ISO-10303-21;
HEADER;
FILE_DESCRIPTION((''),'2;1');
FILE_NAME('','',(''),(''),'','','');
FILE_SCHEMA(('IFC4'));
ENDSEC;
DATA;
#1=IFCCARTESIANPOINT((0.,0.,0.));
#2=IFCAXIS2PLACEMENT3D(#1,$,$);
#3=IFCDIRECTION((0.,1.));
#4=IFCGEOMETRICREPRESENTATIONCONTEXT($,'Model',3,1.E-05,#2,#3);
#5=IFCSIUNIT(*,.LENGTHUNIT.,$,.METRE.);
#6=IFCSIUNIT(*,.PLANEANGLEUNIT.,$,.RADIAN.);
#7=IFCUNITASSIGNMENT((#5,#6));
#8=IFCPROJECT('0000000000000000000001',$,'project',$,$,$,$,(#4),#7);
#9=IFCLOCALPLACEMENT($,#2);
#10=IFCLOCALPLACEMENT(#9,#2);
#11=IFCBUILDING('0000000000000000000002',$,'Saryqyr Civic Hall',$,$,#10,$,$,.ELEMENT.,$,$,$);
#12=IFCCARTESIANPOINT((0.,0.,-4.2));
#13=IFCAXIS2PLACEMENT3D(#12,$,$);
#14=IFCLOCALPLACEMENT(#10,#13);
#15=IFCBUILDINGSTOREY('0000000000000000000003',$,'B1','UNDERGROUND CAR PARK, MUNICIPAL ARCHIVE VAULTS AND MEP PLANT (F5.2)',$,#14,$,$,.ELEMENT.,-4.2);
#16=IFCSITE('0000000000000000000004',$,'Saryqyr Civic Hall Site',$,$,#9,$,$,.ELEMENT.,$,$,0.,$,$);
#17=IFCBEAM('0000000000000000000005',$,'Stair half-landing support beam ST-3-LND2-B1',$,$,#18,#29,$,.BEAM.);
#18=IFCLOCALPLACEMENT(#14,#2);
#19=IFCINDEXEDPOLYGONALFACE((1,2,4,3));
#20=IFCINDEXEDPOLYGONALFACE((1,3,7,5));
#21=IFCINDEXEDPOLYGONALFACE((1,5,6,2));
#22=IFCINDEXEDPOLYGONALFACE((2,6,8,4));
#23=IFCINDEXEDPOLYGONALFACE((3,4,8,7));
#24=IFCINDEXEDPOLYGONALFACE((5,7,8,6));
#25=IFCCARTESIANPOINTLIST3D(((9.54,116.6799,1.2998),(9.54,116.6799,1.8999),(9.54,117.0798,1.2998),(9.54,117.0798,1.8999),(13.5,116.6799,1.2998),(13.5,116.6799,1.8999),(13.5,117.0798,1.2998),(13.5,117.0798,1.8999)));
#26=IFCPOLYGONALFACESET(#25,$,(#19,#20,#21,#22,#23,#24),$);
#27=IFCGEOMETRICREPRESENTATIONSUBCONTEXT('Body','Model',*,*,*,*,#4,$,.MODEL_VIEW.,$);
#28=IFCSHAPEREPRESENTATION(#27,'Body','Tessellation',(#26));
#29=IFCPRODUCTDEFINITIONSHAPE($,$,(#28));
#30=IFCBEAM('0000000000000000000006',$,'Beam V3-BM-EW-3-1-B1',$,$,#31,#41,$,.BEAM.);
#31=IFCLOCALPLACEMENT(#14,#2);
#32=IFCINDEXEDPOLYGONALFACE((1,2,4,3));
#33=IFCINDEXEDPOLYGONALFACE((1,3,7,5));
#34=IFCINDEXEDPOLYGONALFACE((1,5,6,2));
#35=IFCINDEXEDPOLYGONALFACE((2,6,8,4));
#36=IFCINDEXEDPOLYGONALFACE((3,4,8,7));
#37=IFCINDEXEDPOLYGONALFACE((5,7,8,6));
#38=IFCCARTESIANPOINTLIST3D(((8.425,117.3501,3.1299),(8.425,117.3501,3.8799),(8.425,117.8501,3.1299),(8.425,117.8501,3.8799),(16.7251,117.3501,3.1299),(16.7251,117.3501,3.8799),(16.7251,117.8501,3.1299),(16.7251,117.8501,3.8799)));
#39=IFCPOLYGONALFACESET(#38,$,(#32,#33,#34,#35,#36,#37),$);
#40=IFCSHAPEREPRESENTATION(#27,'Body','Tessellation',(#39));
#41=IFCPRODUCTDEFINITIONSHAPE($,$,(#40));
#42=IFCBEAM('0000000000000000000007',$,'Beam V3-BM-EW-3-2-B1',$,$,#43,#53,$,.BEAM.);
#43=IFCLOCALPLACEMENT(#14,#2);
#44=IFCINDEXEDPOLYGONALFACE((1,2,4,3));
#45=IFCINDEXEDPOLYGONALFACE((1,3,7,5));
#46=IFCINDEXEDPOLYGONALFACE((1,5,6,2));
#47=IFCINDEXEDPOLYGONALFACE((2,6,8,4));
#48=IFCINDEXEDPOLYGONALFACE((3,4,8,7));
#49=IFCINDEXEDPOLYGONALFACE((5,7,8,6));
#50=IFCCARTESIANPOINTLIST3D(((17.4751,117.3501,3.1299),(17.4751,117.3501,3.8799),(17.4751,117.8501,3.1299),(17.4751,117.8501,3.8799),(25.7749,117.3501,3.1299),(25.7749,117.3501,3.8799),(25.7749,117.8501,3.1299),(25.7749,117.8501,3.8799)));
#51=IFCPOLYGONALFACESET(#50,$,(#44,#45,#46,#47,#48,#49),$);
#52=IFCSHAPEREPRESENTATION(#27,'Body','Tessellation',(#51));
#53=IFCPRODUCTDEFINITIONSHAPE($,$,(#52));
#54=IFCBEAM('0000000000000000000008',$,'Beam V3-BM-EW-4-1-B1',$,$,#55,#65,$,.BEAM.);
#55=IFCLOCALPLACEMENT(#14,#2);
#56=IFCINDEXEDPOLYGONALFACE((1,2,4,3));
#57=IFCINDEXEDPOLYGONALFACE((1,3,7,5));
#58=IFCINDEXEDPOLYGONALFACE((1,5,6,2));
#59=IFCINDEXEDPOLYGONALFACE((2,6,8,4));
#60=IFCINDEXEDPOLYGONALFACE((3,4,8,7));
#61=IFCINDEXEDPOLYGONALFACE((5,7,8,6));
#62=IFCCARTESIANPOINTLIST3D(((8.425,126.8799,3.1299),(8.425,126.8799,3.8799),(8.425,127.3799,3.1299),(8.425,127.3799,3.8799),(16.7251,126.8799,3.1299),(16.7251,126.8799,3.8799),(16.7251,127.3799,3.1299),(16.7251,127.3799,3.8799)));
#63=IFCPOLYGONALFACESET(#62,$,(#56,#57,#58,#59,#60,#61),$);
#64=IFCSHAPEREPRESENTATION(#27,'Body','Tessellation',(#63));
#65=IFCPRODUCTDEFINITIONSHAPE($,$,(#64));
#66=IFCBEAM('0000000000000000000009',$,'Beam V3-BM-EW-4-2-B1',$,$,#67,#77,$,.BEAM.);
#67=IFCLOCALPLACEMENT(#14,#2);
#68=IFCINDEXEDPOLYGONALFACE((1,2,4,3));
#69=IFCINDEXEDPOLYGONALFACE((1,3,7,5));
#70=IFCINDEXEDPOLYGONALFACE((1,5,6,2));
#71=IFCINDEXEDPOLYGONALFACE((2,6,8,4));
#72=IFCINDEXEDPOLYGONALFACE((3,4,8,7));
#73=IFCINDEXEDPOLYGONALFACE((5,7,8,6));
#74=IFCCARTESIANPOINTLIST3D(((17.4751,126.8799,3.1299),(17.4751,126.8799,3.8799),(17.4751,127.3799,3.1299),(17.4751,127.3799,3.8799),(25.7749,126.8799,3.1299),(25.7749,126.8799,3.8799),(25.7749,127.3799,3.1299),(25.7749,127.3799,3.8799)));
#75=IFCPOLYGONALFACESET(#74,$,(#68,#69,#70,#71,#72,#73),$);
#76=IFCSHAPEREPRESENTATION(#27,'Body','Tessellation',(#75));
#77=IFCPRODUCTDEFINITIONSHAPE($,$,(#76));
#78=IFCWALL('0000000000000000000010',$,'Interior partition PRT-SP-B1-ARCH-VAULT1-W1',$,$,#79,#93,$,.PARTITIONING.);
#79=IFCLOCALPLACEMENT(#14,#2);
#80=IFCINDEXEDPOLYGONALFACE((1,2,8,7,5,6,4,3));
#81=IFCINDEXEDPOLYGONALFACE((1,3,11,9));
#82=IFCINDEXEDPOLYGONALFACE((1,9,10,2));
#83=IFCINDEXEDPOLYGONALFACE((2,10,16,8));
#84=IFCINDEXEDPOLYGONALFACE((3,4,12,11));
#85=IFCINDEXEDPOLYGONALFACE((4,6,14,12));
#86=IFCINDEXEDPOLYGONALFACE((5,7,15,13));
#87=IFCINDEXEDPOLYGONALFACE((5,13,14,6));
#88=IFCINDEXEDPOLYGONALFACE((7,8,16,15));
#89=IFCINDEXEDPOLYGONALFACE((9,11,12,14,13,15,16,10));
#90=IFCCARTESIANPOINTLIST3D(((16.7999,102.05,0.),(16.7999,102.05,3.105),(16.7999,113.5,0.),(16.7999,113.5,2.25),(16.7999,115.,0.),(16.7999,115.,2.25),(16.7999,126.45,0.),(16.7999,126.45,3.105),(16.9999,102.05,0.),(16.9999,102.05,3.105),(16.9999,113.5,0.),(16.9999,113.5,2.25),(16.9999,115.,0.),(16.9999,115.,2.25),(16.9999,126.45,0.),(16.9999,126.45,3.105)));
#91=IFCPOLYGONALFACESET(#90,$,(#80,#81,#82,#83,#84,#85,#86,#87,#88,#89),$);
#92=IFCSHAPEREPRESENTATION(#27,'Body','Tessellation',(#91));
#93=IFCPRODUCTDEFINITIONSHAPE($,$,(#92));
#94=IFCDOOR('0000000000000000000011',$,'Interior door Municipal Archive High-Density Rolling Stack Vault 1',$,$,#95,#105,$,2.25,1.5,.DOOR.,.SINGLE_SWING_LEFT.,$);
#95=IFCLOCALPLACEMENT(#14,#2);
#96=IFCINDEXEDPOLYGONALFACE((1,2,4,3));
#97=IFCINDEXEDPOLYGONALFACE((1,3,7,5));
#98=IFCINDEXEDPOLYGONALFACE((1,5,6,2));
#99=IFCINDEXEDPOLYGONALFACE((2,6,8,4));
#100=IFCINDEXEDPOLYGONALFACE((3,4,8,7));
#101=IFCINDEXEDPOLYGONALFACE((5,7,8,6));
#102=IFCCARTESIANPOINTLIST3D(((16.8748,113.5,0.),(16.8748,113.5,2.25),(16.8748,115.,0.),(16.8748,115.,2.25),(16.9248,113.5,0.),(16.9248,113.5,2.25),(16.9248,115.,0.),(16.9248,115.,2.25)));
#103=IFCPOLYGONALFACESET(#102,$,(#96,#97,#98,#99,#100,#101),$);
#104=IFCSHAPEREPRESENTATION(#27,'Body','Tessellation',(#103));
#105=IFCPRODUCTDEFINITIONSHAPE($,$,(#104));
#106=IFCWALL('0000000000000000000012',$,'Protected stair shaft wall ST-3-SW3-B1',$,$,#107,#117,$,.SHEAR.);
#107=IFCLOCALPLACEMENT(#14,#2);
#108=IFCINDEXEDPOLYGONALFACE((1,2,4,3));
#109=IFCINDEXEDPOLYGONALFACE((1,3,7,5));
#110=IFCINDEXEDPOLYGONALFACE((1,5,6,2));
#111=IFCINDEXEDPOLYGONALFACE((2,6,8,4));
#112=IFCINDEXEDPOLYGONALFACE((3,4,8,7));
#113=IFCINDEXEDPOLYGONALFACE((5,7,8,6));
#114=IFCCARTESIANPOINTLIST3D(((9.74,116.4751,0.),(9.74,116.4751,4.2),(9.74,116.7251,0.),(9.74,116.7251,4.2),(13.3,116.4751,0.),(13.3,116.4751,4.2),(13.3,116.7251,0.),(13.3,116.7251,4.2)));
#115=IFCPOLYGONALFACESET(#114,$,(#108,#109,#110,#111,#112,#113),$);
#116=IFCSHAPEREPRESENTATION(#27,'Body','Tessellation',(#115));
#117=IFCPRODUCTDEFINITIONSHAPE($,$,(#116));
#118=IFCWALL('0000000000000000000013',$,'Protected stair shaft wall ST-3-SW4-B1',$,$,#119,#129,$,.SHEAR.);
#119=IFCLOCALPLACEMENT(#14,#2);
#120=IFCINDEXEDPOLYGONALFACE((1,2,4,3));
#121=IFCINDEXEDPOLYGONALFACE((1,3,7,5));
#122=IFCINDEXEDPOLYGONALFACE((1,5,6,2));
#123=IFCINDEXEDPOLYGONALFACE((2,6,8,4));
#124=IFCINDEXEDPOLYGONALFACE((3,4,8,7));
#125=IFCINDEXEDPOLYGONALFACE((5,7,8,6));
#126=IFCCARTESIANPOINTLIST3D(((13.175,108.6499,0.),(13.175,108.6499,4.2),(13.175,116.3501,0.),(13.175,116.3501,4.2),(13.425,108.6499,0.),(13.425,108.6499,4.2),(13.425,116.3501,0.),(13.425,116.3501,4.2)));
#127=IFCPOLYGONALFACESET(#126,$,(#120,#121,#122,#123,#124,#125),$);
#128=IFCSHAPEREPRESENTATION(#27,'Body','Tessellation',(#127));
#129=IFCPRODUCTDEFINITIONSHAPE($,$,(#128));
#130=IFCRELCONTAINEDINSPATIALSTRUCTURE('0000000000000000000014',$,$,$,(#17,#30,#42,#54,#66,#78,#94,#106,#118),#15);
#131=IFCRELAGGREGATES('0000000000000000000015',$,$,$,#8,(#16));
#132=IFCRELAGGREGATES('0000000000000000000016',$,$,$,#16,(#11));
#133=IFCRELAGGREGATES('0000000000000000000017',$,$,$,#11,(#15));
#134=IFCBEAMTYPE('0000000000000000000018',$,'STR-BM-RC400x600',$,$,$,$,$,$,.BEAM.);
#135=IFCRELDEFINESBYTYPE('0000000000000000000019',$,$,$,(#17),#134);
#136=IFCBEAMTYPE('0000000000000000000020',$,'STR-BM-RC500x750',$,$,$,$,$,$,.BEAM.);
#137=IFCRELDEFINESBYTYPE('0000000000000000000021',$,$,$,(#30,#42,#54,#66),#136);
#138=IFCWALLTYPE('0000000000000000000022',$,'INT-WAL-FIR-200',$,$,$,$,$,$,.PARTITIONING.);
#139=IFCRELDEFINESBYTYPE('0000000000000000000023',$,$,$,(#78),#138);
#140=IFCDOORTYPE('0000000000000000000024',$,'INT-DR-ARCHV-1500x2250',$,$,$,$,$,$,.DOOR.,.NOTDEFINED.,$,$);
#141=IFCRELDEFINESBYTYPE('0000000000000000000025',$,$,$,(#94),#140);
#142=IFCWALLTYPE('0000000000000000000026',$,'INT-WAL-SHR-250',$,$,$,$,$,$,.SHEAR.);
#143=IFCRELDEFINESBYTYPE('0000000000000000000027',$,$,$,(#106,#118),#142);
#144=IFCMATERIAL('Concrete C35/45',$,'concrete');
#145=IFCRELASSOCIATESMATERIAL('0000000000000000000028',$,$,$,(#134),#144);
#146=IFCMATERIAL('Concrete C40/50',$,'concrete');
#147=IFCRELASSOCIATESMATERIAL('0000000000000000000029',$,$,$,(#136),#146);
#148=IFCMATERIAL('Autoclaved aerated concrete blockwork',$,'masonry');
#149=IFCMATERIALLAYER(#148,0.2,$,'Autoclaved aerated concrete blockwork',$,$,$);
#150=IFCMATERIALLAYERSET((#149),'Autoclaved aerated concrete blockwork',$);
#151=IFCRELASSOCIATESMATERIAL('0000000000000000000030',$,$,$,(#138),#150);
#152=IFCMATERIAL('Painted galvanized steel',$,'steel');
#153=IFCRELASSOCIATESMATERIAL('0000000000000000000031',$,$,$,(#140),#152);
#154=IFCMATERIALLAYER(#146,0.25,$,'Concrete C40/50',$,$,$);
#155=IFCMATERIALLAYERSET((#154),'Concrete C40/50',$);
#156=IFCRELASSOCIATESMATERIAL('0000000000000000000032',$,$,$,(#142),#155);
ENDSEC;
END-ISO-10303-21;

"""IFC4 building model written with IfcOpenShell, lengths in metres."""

from ifc_helpers import new_model, si_unit, direction, frame, frame_2d, origin, origin_2d, place, context, subcontext, project, spatial, rectangle, extrude, material, layer, layer_set, material_profile, profile_set, type_object, element, fill, save


model = new_model("IFC4")

# Units and contexts
model_context = context("Model", 3, precision=1e-05, world=origin(), true_north=direction((0.0, 1.0)))
body_context = subcontext(model_context, "Body", "Model", "MODEL_VIEW")
ifc_project = project(units=[si_unit("LENGTHUNIT", "METRE"), si_unit("PLANEANGLEUNIT", "RADIAN")], contexts=[model_context])

# Site, building, storey
site_placement = place(None, origin())
site = spatial("IfcSite", under=ifc_project, at=site_placement, Name="Saryqyr Civic Hall Site", CompositionType="ELEMENT", RefElevation=0.0)
building_placement = place(site_placement, origin())
building = spatial("IfcBuilding", under=site, at=building_placement, Name="Saryqyr Civic Hall", CompositionType="ELEMENT")
storey_placement = place(building_placement, frame((0.0, 0.0, -4.2)))
storey = spatial("IfcBuildingStorey", under=building, at=storey_placement, Name="B1", Description="UNDERGROUND CAR PARK, MUNICIPAL ARCHIVE VAULTS AND MEP PLANT (F5.2)", CompositionType="ELEMENT", Elevation=-4.2)

# Shared definitions
ifc_material_1 = material(Name="Concrete C35/45", Category="concrete")

# Shared definitions
ifc_material_2 = material(Name="Concrete C40/50", Category="concrete")

# Beams
ifc_material_profile_1 = material_profile(ifc_material_1, rectangle(XDim=0.3999, YDim=0.6001, at=origin_2d()), Name="RC 400x600")
ifc_profile_set_1 = profile_set([ifc_material_profile_1], Name="Concrete C35/45")
beam_type_1 = type_object("IfcBeamType", Name="STR-BM-RC400x600", PredefinedType="BEAM", material=ifc_profile_set_1)
beam_1_placement = place(storey_placement, frame((13.5, 116.8799, 1.5999), z_axis=(-1.0, 0.0, 0.0), x_axis=(0.0, -1.0, 0.0)))
element("IfcBeam", 1, at=beam_1_placement, inside=storey, type_object=beam_type_1, Name="Stair half-landing support beam ST-3-LND2-B1", PredefinedType="BEAM", context=body_context, shape_type="SweptSolid", body=[
    extrude(rectangle(XDim=0.3999, YDim=0.6001, at=origin_2d()), origin(), (0.0, 0.0, 1.0), 3.96),
])
ifc_material_profile_2 = material_profile(ifc_material_2, rectangle(XDim=0.5, YDim=0.75, at=origin_2d()), Name="RC 500x750")
ifc_profile_set_2 = profile_set([ifc_material_profile_2], Name="Concrete C40/50")
beam_type_2 = type_object("IfcBeamType", Name="STR-BM-RC500x750", PredefinedType="BEAM", material=ifc_profile_set_2)
beam_2_placement = place(storey_placement, frame((8.425, 117.6001, 3.5049), z_axis=(1.0, 0.0, 0.0), x_axis=(0.0, 1.0, 0.0)))
element("IfcBeam", 2, at=beam_2_placement, inside=storey, type_object=beam_type_2, Name="Beam V3-BM-EW-3-1-B1", PredefinedType="BEAM", context=body_context, shape_type="SweptSolid", body=[
    extrude(rectangle(XDim=0.5, YDim=0.75, at=origin_2d()), origin(), (0.0, 0.0, 1.0), 8.3),
])
beam_3_placement = place(storey_placement, frame((17.4751, 117.6001, 3.5049), z_axis=(1.0, 0.0, 0.0), x_axis=(0.0, 1.0, 0.0)))
element("IfcBeam", 3, at=beam_3_placement, inside=storey, type_object=beam_type_2, Name="Beam V3-BM-EW-3-2-B1", PredefinedType="BEAM", context=body_context, shape_type="SweptSolid", body=[
    extrude(rectangle(XDim=0.5, YDim=0.75, at=origin_2d()), origin(), (0.0, 0.0, 1.0), 8.2998),
])
beam_4_placement = place(storey_placement, frame((8.425, 127.1299, 3.5049), z_axis=(1.0, 0.0, 0.0), x_axis=(0.0, 1.0, 0.0)))
element("IfcBeam", 4, at=beam_4_placement, inside=storey, type_object=beam_type_2, Name="Beam V3-BM-EW-4-1-B1", PredefinedType="BEAM", context=body_context, shape_type="SweptSolid", body=[
    extrude(rectangle(XDim=0.5, YDim=0.75, at=origin_2d()), origin(), (0.0, 0.0, 1.0), 8.3),
])
beam_5_placement = place(storey_placement, frame((17.4751, 127.1299, 3.5049), z_axis=(1.0, 0.0, 0.0), x_axis=(0.0, 1.0, 0.0)))
element("IfcBeam", 5, at=beam_5_placement, inside=storey, type_object=beam_type_2, Name="Beam V3-BM-EW-4-2-B1", PredefinedType="BEAM", context=body_context, shape_type="SweptSolid", body=[
    extrude(rectangle(XDim=0.5, YDim=0.75, at=origin_2d()), origin(), (0.0, 0.0, 1.0), 8.2998),
])

# Wall, opening, door
ifc_material_3 = material(Name="Autoclaved aerated concrete blockwork", Category="masonry")
ifc_layer_1 = layer(ifc_material_3, 0.2, Name="Autoclaved aerated concrete blockwork")
ifc_layer_set_1 = layer_set([ifc_layer_1], Name="Autoclaved aerated concrete blockwork")
wall_type_1 = type_object("IfcWallType", Name="INT-WAL-FIR-200", PredefinedType="PARTITIONING", material=ifc_layer_set_1)
wall_1_placement = place(storey_placement, frame((16.8999, 126.45, 0.0), z_axis=(0.0, 0.0, 1.0), x_axis=(0.0, -1.0, 0.0)))
wall_1 = element("IfcWall", 6, at=wall_1_placement, inside=storey, type_object=wall_type_1, Name="Interior partition PRT-SP-B1-ARCH-VAULT1-W1", PredefinedType="PARTITIONING", context=body_context, shape_type="SweptSolid", body=[
    extrude(rectangle(XDim=24.3999, YDim=0.2, at=frame_2d((12.2, 0.0))), origin(), (0.0, 0.0, 1.0), 3.105),
])
opening_placement = place(wall_1_placement, frame((11.45, 0.0, 0.0)))
opening = element("IfcOpeningElement", 7, at=opening_placement, cuts=wall_1, PredefinedType="OPENING", context=body_context, shape_type="SweptSolid", body=[
    extrude(rectangle(XDim=1.5, YDim=2.25, at=frame_2d((0.75, 1.125))), frame((0.0, 0.1099, 0.0), z_axis=(0.0, -1.0, 0.0), x_axis=(1.0, 0.0, 0.0)), (0.0, 0.0, 1.0), 0.22),
])
ifc_material_4 = material(Name="Painted galvanized steel", Category="steel")
door_type = type_object("IfcDoorType", Name="INT-DR-ARCHV-1500x2250", OperationType="NOTDEFINED", PredefinedType="DOOR", material=ifc_material_4)
door_placement = place(opening_placement, origin())
door = element("IfcDoor", 8, at=door_placement, inside=storey, type_object=door_type, Name="Interior door Municipal Archive High-Density Rolling Stack Vault 1", OperationType="SINGLE_SWING_LEFT", OverallHeight=2.25, OverallWidth=1.5, PredefinedType="DOOR", context=body_context, shape_type="SweptSolid", body=[
    extrude(rectangle(XDim=1.5, YDim=2.25, at=frame_2d((0.75, 1.125))), frame((0.0, 0.0249, 0.0), z_axis=(0.0, -1.0, 0.0), x_axis=(1.0, 0.0, 0.0)), (0.0, 0.0, 1.0), 0.05),
])
fill(opening, door)

# Walls
ifc_layer_2 = layer(ifc_material_2, 0.25, Name="Concrete C40/50")
ifc_layer_set_2 = layer_set([ifc_layer_2], Name="Concrete C40/50")
wall_type_2 = type_object("IfcWallType", Name="INT-WAL-SHR-250", PredefinedType="SHEAR", material=ifc_layer_set_2)
wall_2_placement = place(storey_placement, frame((9.74, 116.6001, 0.0), z_axis=(0.0, 0.0, 1.0), x_axis=(1.0, 0.0, 0.0)))
element("IfcWall", 9, at=wall_2_placement, inside=storey, type_object=wall_type_2, Name="Protected stair shaft wall ST-3-SW3-B1", PredefinedType="SHEAR", context=body_context, shape_type="SweptSolid", body=[
    extrude(rectangle(XDim=3.5601, YDim=0.25, at=frame_2d((1.78, 0.0))), origin(), (0.0, 0.0, 1.0), 4.2),
])
wall_3_placement = place(storey_placement, frame((13.3, 116.3501, 0.0), z_axis=(0.0, 0.0, 1.0), x_axis=(0.0, -1.0, 0.0)))
element("IfcWall", 10, at=wall_3_placement, inside=storey, type_object=wall_type_2, Name="Protected stair shaft wall ST-3-SW4-B1", PredefinedType="SHEAR", context=body_context, shape_type="SweptSolid", body=[
    extrude(rectangle(XDim=7.7002, YDim=0.25, at=frame_2d((3.8501, 0.0))), origin(), (0.0, 0.0, 1.0), 4.2),
])

save(model, "model.ifc")
